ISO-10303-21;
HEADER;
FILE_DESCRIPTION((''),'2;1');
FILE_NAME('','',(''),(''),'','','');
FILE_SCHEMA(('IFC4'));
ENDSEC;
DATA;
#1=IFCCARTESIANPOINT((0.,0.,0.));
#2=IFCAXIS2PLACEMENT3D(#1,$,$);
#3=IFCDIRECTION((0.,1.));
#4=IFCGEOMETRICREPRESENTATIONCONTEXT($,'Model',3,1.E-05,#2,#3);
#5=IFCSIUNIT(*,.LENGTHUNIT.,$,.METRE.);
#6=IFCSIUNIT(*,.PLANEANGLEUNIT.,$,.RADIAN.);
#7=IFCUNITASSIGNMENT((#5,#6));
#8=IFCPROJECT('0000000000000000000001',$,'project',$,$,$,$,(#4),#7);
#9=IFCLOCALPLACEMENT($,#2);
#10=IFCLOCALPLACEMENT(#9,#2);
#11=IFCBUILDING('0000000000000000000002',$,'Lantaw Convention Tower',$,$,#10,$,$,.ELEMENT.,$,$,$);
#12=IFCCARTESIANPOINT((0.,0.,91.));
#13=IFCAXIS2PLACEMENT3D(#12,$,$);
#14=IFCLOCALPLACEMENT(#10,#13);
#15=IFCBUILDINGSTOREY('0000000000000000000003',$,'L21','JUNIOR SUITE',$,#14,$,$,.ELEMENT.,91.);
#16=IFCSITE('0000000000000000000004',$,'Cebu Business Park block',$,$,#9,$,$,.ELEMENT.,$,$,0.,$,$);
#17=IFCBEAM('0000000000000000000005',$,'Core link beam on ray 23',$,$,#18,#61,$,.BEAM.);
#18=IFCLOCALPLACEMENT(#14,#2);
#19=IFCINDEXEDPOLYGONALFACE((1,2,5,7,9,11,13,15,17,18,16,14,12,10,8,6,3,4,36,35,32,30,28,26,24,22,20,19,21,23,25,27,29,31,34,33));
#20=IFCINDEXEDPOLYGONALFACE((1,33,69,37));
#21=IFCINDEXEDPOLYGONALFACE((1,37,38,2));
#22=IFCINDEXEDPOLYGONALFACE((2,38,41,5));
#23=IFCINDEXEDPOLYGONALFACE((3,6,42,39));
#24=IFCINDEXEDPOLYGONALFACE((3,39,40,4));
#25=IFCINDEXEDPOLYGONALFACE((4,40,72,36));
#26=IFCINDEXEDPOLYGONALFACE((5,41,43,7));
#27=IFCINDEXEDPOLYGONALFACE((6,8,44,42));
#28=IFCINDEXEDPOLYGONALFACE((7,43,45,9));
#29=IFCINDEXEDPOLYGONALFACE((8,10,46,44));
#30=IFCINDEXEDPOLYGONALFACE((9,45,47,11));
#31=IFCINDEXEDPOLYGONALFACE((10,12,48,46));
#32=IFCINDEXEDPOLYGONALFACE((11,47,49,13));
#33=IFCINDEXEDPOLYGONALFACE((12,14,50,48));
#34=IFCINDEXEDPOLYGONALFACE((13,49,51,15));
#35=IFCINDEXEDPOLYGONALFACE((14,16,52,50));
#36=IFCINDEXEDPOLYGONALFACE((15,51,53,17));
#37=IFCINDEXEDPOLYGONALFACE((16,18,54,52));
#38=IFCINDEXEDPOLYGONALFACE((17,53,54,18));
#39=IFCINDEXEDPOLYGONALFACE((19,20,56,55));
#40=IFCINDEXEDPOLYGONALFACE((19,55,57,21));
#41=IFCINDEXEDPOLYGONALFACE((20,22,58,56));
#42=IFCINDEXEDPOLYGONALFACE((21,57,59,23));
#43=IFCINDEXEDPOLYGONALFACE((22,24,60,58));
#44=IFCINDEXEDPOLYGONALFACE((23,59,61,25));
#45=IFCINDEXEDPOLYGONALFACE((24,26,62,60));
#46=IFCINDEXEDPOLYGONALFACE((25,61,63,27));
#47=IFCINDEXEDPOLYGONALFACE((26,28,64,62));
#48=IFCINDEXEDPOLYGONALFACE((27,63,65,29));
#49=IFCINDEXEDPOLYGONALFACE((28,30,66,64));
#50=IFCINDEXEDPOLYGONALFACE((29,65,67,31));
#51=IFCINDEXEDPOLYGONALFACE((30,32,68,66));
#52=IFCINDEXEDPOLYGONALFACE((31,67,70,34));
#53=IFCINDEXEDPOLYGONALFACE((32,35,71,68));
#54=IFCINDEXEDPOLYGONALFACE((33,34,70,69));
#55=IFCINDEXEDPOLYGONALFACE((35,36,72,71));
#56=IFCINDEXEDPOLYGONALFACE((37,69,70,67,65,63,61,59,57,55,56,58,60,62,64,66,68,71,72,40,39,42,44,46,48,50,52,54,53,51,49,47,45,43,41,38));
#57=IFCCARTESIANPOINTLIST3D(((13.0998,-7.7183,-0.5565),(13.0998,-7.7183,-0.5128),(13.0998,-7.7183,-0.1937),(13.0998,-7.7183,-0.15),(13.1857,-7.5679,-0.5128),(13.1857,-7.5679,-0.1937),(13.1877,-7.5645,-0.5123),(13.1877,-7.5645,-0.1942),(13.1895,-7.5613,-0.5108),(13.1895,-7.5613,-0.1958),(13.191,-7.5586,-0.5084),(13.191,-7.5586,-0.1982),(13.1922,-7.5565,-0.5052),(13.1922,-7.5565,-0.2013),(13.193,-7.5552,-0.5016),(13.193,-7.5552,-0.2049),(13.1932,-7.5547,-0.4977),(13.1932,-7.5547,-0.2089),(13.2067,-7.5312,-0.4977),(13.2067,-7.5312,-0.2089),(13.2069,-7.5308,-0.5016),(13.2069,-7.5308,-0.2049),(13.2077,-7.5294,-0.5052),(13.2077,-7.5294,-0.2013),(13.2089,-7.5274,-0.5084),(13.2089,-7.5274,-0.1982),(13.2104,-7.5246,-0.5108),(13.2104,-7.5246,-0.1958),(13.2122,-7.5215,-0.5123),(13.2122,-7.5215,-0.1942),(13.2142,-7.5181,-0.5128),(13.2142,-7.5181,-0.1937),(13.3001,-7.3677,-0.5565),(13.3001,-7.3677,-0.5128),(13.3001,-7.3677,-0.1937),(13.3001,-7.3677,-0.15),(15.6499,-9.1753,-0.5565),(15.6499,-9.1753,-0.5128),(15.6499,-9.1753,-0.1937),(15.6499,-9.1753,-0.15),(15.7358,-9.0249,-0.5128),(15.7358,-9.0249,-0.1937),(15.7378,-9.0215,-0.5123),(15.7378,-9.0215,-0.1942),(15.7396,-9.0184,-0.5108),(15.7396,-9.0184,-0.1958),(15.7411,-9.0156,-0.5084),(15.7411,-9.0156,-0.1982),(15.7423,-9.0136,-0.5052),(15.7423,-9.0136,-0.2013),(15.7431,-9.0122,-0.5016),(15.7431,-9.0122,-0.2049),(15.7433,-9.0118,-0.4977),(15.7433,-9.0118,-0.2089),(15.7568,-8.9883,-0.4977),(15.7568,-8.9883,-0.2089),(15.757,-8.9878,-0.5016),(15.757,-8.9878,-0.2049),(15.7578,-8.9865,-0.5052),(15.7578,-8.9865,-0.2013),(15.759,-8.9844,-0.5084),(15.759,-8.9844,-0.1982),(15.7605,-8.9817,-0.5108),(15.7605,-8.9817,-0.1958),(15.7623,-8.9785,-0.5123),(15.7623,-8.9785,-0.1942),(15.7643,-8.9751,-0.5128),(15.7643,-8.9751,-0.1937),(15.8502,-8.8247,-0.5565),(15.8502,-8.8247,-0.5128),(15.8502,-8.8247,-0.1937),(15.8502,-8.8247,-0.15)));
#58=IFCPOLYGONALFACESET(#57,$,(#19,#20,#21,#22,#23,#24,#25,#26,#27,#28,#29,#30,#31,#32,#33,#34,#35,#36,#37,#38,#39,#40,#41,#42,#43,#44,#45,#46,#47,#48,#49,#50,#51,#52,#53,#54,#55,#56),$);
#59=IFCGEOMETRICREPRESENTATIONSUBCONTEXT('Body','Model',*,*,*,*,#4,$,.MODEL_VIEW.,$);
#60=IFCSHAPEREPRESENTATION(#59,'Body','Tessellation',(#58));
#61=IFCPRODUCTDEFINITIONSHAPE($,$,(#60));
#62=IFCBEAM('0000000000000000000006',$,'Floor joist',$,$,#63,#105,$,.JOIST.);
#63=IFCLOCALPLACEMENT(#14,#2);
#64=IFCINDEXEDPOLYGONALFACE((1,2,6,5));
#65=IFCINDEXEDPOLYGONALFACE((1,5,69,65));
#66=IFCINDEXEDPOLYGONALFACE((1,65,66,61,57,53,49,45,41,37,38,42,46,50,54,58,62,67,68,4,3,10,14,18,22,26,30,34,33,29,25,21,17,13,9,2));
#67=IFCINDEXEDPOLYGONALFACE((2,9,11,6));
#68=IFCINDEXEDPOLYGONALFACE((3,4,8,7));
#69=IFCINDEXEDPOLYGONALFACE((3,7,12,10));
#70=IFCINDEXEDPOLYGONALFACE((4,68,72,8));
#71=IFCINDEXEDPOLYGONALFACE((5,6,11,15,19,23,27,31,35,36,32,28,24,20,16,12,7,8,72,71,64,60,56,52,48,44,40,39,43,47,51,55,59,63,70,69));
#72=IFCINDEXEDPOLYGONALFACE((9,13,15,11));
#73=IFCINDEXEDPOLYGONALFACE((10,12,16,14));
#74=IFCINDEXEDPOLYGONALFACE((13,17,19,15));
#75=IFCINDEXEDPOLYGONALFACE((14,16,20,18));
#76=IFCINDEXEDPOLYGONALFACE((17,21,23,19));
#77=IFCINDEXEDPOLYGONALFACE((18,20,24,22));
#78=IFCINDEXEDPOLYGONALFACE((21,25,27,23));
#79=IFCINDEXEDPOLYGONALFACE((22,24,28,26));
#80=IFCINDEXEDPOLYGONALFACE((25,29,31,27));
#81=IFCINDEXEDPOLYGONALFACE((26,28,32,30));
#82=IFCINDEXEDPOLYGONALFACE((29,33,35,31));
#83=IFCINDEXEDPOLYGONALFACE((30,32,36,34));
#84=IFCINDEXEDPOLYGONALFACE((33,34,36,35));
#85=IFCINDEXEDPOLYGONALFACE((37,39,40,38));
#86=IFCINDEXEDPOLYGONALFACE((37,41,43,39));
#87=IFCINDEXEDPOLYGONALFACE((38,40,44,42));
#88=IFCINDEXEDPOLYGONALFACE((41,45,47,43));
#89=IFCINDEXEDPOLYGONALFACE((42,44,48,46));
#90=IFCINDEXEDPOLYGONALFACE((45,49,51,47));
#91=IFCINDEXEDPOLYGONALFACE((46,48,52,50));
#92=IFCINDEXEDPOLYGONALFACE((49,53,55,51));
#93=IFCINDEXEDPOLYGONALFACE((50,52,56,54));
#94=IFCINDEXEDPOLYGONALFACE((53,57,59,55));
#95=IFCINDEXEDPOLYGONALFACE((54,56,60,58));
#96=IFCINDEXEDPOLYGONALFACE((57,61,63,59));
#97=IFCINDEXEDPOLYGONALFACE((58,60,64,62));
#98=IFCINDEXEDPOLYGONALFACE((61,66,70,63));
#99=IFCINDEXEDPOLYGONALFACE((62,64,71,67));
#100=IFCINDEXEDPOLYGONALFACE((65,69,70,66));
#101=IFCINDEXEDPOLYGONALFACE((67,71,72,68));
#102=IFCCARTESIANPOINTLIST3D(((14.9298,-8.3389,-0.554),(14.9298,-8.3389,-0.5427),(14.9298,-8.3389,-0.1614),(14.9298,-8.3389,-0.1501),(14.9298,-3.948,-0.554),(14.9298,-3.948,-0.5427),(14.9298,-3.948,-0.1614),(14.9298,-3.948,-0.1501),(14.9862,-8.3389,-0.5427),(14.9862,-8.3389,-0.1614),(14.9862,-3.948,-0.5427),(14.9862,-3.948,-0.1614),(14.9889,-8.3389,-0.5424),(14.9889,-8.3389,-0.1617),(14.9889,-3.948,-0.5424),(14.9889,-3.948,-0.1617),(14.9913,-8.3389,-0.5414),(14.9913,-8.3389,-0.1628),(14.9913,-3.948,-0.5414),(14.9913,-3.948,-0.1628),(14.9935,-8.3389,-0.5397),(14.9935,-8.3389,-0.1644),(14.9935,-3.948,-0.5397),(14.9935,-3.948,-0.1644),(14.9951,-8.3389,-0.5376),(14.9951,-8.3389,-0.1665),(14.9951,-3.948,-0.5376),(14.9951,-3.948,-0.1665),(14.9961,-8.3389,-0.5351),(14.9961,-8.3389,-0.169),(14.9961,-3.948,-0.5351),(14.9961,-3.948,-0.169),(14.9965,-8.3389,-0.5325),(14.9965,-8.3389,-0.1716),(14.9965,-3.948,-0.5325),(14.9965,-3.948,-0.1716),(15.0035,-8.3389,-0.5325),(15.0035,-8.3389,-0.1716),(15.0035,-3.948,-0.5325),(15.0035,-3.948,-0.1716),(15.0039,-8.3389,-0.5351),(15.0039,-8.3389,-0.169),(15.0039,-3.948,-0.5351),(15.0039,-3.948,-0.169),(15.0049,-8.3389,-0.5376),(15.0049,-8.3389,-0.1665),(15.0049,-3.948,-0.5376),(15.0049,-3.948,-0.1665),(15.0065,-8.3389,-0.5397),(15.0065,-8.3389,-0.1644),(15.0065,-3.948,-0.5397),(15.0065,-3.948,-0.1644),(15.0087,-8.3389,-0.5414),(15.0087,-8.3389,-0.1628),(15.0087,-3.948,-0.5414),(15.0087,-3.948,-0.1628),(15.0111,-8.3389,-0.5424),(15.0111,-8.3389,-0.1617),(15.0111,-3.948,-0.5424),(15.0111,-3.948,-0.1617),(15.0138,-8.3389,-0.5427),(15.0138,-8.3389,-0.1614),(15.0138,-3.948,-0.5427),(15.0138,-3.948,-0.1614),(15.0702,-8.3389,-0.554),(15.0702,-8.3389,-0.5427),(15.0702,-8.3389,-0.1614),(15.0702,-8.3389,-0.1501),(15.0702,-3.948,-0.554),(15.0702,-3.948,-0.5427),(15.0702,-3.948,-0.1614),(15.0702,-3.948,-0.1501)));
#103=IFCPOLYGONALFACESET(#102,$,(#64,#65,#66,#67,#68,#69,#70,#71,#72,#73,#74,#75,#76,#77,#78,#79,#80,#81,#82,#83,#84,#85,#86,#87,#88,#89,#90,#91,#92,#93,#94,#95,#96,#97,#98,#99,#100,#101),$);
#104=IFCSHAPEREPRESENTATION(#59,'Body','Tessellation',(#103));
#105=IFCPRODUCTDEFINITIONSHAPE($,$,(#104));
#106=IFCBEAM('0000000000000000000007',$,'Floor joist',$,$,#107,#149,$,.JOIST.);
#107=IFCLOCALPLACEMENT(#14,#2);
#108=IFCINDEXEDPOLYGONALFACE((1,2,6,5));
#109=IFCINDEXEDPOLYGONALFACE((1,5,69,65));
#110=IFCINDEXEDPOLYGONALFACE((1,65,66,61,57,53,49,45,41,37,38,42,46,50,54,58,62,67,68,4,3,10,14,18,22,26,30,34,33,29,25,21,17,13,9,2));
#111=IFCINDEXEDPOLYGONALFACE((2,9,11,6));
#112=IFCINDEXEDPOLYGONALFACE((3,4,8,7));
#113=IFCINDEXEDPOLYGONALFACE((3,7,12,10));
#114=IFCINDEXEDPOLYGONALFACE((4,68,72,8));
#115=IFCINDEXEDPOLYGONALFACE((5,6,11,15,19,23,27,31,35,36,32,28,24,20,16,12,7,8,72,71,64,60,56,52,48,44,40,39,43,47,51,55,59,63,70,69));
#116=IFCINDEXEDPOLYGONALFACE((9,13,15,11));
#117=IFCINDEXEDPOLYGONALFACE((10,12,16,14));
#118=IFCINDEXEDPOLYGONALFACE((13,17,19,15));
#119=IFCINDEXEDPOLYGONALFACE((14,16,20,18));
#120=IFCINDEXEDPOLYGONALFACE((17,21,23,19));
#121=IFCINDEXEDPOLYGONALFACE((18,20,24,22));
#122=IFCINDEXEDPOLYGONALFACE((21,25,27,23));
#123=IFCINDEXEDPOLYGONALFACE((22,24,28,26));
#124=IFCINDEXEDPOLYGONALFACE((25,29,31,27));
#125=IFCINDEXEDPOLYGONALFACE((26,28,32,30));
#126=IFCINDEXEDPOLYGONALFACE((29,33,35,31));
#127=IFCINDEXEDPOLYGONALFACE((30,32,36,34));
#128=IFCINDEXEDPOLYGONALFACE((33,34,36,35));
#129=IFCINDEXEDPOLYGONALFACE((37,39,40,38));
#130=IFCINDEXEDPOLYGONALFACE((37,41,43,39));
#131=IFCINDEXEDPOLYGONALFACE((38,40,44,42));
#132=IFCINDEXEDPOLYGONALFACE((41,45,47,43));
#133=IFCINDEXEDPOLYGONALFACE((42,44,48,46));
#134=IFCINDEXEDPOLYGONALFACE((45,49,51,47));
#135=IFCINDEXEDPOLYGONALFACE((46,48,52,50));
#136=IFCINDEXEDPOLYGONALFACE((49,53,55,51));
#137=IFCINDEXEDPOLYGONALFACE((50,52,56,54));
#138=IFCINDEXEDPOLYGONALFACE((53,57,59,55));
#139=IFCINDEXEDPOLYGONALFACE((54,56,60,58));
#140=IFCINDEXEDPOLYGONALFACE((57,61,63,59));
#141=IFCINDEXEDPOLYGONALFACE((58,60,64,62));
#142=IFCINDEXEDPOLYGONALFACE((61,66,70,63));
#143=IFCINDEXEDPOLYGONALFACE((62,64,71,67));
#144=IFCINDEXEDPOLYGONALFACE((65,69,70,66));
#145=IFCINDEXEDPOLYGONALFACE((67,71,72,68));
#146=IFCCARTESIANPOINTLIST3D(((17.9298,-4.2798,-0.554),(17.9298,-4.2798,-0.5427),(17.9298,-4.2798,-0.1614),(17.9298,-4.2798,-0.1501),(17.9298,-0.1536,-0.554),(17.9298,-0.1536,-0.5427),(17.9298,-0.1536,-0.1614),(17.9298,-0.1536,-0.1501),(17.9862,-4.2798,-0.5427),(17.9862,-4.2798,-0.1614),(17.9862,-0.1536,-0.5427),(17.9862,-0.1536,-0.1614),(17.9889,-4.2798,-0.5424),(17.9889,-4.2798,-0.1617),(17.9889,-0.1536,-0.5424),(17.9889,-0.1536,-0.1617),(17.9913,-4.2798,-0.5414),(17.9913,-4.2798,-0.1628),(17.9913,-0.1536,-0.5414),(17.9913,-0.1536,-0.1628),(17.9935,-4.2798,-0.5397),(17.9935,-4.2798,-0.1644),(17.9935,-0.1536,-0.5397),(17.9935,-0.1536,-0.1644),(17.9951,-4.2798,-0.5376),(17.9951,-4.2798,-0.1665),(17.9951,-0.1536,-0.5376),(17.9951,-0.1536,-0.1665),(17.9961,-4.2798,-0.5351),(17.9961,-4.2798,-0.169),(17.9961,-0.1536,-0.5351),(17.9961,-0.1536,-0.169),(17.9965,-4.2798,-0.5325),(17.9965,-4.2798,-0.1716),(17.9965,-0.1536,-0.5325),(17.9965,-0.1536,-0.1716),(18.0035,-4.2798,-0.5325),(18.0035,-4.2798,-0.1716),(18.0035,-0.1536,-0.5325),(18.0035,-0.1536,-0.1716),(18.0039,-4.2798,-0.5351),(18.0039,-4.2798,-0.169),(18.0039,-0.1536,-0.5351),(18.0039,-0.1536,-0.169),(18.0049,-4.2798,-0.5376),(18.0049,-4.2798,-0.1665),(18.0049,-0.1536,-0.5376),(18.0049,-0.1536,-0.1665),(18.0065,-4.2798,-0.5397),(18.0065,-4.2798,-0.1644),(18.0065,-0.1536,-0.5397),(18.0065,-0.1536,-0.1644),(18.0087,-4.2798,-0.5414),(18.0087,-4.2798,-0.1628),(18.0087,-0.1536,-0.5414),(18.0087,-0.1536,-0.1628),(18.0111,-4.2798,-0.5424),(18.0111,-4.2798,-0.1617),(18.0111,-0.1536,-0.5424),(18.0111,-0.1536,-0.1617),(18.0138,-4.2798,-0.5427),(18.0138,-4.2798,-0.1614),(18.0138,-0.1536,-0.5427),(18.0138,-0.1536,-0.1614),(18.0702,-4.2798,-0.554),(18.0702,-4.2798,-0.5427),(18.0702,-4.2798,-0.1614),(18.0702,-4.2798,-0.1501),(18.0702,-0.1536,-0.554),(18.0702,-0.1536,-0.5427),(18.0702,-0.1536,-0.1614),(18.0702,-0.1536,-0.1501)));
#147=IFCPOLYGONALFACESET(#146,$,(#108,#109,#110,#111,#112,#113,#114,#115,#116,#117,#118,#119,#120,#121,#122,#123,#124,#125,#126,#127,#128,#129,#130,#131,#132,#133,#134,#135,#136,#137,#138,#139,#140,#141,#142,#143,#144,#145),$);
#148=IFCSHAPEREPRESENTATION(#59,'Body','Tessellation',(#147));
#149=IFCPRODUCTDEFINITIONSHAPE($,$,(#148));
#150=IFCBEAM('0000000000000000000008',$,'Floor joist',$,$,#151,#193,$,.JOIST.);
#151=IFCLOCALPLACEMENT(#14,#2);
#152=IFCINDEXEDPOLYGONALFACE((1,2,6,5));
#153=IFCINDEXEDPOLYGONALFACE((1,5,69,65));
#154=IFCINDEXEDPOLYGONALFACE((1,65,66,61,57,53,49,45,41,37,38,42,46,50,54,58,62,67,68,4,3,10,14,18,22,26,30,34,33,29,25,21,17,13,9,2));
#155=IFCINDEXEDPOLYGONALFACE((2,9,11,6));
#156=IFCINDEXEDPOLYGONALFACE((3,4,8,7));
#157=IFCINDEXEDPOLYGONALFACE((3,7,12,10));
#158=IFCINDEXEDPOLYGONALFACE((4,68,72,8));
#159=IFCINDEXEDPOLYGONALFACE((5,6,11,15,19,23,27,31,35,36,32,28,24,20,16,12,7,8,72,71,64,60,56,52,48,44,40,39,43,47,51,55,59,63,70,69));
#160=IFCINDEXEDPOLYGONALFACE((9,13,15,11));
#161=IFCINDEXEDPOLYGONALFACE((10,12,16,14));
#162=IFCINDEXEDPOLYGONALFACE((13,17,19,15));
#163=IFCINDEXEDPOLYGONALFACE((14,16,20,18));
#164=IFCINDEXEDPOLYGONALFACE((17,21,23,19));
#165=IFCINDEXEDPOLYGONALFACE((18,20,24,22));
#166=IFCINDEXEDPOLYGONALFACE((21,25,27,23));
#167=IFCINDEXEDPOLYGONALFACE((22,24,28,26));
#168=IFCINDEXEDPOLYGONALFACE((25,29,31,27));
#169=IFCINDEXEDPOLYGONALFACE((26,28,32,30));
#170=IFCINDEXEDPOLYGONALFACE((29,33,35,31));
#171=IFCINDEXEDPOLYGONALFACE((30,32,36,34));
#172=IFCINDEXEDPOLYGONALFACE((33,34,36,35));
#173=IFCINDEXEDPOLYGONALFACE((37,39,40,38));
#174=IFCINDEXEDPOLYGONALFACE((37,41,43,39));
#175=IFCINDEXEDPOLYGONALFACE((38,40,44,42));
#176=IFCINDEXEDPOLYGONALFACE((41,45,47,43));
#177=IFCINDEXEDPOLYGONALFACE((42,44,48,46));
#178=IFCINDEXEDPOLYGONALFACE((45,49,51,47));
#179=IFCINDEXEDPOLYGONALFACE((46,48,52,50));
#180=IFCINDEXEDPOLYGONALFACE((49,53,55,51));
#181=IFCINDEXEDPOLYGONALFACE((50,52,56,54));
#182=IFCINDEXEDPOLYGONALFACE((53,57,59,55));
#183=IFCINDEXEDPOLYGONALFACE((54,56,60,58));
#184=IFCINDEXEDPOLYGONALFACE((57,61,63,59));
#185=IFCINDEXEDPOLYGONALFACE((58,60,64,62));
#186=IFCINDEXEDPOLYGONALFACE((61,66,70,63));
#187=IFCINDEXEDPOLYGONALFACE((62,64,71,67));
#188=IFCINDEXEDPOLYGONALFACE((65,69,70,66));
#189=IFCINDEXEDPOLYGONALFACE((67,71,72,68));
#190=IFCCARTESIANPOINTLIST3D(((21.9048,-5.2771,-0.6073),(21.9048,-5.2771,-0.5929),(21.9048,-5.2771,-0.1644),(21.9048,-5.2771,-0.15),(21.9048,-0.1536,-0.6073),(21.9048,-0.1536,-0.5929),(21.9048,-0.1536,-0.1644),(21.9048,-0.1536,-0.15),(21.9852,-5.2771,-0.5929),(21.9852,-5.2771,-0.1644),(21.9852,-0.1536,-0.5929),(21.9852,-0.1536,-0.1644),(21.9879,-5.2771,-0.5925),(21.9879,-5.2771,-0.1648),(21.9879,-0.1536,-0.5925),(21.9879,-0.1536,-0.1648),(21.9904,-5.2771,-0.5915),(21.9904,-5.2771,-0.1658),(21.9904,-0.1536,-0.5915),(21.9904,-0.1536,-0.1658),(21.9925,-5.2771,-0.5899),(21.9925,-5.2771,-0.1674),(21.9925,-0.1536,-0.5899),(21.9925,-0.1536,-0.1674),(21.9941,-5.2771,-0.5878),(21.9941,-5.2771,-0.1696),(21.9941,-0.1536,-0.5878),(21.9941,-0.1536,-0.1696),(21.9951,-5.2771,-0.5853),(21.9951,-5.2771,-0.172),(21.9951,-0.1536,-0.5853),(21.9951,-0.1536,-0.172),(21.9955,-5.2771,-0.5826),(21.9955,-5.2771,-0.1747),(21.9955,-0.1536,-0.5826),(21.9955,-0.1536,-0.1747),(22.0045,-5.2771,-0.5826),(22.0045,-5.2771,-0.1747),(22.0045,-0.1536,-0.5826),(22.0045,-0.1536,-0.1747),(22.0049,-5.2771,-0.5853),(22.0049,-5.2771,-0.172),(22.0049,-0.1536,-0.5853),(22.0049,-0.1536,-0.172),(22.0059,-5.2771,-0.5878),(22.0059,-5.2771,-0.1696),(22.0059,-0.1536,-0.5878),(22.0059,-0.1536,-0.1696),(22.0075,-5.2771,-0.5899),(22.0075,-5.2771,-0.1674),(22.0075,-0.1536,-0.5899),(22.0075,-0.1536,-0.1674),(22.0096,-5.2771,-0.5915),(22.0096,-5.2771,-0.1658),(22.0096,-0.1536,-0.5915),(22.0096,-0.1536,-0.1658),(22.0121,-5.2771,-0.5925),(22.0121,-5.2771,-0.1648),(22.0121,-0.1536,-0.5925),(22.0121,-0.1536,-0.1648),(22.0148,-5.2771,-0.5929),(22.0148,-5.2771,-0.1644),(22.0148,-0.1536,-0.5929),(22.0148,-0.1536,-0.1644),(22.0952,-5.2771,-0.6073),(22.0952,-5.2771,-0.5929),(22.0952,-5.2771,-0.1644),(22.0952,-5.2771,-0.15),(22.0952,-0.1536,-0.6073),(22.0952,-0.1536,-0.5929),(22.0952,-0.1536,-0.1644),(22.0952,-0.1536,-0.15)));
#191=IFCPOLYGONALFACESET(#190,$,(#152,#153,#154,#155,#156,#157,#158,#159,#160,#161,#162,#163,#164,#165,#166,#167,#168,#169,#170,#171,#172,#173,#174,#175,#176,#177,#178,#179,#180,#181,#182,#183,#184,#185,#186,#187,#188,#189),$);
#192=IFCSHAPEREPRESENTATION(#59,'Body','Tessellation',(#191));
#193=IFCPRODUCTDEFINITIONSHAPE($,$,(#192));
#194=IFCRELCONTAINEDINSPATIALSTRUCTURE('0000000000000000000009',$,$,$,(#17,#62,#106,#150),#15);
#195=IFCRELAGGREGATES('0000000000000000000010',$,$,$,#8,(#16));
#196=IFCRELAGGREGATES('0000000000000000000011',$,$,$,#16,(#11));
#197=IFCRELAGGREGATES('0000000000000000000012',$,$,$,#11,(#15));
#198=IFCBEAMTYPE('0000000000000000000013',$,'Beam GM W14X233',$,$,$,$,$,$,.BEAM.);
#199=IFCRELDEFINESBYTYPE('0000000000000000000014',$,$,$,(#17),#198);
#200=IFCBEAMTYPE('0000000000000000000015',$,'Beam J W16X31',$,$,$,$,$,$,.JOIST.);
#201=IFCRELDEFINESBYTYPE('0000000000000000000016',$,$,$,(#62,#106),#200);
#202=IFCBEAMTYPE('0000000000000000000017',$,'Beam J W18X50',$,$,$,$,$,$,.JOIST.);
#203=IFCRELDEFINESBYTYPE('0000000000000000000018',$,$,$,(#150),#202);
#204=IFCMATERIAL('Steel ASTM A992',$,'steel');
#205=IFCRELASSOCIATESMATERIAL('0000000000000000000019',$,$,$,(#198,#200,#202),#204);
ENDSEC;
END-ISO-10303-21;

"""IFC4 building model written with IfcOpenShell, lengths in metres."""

from ifc_helpers import new_model, si_unit, direction, frame, origin, origin_2d, place, context, subcontext, project, spatial, i_section, extrude, material, material_profile, profile_set, type_object, element, save


model = new_model("IFC4")

# Units and contexts
model_context = context("Model", 3, precision=1e-05, world=origin(), true_north=direction((0.0, 1.0)))
body_context = subcontext(model_context, "Body", "Model", "MODEL_VIEW")
ifc_project = project(units=[si_unit("LENGTHUNIT", "METRE"), si_unit("PLANEANGLEUNIT", "RADIAN")], contexts=[model_context])

# Site, building, storey
site_placement = place(None, origin())
site = spatial("IfcSite", under=ifc_project, at=site_placement, Name="Cebu Business Park block", CompositionType="ELEMENT", RefElevation=0.0)
building_placement = place(site_placement, origin())
building = spatial("IfcBuilding", under=site, at=building_placement, Name="Lantaw Convention Tower", CompositionType="ELEMENT")
storey_placement = place(building_placement, frame((0.0, 0.0, 91.0)))
storey = spatial("IfcBuildingStorey", under=building, at=storey_placement, Name="L21", Description="JUNIOR SUITE", CompositionType="ELEMENT", Elevation=91.0)

# Beams
ifc_material_1 = material(Name="Steel ASTM A992", Category="steel")
ifc_material_profile_1 = material_profile(ifc_material_1, i_section(OverallWidth=0.4038, OverallDepth=0.4065, WebThickness=0.0271, FlangeThickness=0.0437, FilletRadius=0.0151, at=origin_2d()), Name="W14X233")
ifc_profile_set_1 = profile_set([ifc_material_profile_1], Name="Steel ASTM A992")
beam_type_1 = type_object("IfcBeamType", Name="Beam GM W14X233", PredefinedType="BEAM", material=ifc_profile_set_1)
beam_1_placement = place(storey_placement, frame((13.2, -7.543, -0.3533), z_axis=(0.868264, -0.496103, 0.0), x_axis=(0.496103, 0.868264, 0.0)))
element("IfcBeam", 1, at=beam_1_placement, inside=storey, type_object=beam_type_1, Name="Core link beam on ray 23", PredefinedType="BEAM", context=body_context, shape_type="SweptSolid", body=[
    extrude(i_section(OverallWidth=0.4038, OverallDepth=0.4065, WebThickness=0.0271, FlangeThickness=0.0437, FilletRadius=0.0151, at=origin_2d()), origin(), (0.0, 0.0, 1.0), 2.937),
])
ifc_material_profile_2 = material_profile(ifc_material_1, i_section(OverallWidth=0.1404, OverallDepth=0.4038, WebThickness=0.0071, FlangeThickness=0.0112, FilletRadius=0.0103, at=origin_2d()), Name="W16X31")
ifc_profile_set_2 = profile_set([ifc_material_profile_2], Name="Steel ASTM A992")
beam_type_2 = type_object("IfcBeamType", Name="Beam J W16X31", PredefinedType="JOIST", material=ifc_profile_set_2)
beam_2_placement = place(storey_placement, frame((15.0, -8.3389, -0.3521), z_axis=(0.0, 1.0, 0.0), x_axis=(-1.0, 0.0, 0.0)))
element("IfcBeam", 2, at=beam_2_placement, inside=storey, type_object=beam_type_2, Name="Floor joist", PredefinedType="JOIST", context=body_context, shape_type="SweptSolid", body=[
    extrude(i_section(OverallWidth=0.1404, OverallDepth=0.4038, WebThickness=0.0071, FlangeThickness=0.0112, FilletRadius=0.0103, at=origin_2d()), origin(), (0.0, 0.0, 1.0), 4.3909),
])
beam_3_placement = place(storey_placement, frame((18.0, -4.2798, -0.3521), z_axis=(0.0, 1.0, 0.0), x_axis=(-1.0, 0.0, 0.0)))
element("IfcBeam", 3, at=beam_3_placement, inside=storey, type_object=beam_type_2, Name="Floor joist", PredefinedType="JOIST", context=body_context, shape_type="SweptSolid", body=[
    extrude(i_section(OverallWidth=0.1404, OverallDepth=0.4038, WebThickness=0.0071, FlangeThickness=0.0112, FilletRadius=0.0103, at=origin_2d()), origin(), (0.0, 0.0, 1.0), 4.1262),
])
ifc_material_profile_3 = material_profile(ifc_material_1, i_section(OverallWidth=0.1904, OverallDepth=0.4573, WebThickness=0.009, FlangeThickness=0.0144, FilletRadius=0.0103, at=origin_2d()), Name="W18X50")
ifc_profile_set_3 = profile_set([ifc_material_profile_3], Name="Steel ASTM A992")
beam_type_3 = type_object("IfcBeamType", Name="Beam J W18X50", PredefinedType="JOIST", material=ifc_profile_set_3)
beam_4_placement = place(storey_placement, frame((22.0, -5.2771, -0.3787), z_axis=(0.0, 1.0, 0.0), x_axis=(-1.0, 0.0, 0.0)))
element("IfcBeam", 4, at=beam_4_placement, inside=storey, type_object=beam_type_3, Name="Floor joist", PredefinedType="JOIST", context=body_context, shape_type="SweptSolid", body=[
    extrude(i_section(OverallWidth=0.1904, OverallDepth=0.4573, WebThickness=0.009, FlangeThickness=0.0144, FilletRadius=0.0103, at=origin_2d()), origin(), (0.0, 0.0, 1.0), 5.1235),
])

save(model, "model.ifc")
